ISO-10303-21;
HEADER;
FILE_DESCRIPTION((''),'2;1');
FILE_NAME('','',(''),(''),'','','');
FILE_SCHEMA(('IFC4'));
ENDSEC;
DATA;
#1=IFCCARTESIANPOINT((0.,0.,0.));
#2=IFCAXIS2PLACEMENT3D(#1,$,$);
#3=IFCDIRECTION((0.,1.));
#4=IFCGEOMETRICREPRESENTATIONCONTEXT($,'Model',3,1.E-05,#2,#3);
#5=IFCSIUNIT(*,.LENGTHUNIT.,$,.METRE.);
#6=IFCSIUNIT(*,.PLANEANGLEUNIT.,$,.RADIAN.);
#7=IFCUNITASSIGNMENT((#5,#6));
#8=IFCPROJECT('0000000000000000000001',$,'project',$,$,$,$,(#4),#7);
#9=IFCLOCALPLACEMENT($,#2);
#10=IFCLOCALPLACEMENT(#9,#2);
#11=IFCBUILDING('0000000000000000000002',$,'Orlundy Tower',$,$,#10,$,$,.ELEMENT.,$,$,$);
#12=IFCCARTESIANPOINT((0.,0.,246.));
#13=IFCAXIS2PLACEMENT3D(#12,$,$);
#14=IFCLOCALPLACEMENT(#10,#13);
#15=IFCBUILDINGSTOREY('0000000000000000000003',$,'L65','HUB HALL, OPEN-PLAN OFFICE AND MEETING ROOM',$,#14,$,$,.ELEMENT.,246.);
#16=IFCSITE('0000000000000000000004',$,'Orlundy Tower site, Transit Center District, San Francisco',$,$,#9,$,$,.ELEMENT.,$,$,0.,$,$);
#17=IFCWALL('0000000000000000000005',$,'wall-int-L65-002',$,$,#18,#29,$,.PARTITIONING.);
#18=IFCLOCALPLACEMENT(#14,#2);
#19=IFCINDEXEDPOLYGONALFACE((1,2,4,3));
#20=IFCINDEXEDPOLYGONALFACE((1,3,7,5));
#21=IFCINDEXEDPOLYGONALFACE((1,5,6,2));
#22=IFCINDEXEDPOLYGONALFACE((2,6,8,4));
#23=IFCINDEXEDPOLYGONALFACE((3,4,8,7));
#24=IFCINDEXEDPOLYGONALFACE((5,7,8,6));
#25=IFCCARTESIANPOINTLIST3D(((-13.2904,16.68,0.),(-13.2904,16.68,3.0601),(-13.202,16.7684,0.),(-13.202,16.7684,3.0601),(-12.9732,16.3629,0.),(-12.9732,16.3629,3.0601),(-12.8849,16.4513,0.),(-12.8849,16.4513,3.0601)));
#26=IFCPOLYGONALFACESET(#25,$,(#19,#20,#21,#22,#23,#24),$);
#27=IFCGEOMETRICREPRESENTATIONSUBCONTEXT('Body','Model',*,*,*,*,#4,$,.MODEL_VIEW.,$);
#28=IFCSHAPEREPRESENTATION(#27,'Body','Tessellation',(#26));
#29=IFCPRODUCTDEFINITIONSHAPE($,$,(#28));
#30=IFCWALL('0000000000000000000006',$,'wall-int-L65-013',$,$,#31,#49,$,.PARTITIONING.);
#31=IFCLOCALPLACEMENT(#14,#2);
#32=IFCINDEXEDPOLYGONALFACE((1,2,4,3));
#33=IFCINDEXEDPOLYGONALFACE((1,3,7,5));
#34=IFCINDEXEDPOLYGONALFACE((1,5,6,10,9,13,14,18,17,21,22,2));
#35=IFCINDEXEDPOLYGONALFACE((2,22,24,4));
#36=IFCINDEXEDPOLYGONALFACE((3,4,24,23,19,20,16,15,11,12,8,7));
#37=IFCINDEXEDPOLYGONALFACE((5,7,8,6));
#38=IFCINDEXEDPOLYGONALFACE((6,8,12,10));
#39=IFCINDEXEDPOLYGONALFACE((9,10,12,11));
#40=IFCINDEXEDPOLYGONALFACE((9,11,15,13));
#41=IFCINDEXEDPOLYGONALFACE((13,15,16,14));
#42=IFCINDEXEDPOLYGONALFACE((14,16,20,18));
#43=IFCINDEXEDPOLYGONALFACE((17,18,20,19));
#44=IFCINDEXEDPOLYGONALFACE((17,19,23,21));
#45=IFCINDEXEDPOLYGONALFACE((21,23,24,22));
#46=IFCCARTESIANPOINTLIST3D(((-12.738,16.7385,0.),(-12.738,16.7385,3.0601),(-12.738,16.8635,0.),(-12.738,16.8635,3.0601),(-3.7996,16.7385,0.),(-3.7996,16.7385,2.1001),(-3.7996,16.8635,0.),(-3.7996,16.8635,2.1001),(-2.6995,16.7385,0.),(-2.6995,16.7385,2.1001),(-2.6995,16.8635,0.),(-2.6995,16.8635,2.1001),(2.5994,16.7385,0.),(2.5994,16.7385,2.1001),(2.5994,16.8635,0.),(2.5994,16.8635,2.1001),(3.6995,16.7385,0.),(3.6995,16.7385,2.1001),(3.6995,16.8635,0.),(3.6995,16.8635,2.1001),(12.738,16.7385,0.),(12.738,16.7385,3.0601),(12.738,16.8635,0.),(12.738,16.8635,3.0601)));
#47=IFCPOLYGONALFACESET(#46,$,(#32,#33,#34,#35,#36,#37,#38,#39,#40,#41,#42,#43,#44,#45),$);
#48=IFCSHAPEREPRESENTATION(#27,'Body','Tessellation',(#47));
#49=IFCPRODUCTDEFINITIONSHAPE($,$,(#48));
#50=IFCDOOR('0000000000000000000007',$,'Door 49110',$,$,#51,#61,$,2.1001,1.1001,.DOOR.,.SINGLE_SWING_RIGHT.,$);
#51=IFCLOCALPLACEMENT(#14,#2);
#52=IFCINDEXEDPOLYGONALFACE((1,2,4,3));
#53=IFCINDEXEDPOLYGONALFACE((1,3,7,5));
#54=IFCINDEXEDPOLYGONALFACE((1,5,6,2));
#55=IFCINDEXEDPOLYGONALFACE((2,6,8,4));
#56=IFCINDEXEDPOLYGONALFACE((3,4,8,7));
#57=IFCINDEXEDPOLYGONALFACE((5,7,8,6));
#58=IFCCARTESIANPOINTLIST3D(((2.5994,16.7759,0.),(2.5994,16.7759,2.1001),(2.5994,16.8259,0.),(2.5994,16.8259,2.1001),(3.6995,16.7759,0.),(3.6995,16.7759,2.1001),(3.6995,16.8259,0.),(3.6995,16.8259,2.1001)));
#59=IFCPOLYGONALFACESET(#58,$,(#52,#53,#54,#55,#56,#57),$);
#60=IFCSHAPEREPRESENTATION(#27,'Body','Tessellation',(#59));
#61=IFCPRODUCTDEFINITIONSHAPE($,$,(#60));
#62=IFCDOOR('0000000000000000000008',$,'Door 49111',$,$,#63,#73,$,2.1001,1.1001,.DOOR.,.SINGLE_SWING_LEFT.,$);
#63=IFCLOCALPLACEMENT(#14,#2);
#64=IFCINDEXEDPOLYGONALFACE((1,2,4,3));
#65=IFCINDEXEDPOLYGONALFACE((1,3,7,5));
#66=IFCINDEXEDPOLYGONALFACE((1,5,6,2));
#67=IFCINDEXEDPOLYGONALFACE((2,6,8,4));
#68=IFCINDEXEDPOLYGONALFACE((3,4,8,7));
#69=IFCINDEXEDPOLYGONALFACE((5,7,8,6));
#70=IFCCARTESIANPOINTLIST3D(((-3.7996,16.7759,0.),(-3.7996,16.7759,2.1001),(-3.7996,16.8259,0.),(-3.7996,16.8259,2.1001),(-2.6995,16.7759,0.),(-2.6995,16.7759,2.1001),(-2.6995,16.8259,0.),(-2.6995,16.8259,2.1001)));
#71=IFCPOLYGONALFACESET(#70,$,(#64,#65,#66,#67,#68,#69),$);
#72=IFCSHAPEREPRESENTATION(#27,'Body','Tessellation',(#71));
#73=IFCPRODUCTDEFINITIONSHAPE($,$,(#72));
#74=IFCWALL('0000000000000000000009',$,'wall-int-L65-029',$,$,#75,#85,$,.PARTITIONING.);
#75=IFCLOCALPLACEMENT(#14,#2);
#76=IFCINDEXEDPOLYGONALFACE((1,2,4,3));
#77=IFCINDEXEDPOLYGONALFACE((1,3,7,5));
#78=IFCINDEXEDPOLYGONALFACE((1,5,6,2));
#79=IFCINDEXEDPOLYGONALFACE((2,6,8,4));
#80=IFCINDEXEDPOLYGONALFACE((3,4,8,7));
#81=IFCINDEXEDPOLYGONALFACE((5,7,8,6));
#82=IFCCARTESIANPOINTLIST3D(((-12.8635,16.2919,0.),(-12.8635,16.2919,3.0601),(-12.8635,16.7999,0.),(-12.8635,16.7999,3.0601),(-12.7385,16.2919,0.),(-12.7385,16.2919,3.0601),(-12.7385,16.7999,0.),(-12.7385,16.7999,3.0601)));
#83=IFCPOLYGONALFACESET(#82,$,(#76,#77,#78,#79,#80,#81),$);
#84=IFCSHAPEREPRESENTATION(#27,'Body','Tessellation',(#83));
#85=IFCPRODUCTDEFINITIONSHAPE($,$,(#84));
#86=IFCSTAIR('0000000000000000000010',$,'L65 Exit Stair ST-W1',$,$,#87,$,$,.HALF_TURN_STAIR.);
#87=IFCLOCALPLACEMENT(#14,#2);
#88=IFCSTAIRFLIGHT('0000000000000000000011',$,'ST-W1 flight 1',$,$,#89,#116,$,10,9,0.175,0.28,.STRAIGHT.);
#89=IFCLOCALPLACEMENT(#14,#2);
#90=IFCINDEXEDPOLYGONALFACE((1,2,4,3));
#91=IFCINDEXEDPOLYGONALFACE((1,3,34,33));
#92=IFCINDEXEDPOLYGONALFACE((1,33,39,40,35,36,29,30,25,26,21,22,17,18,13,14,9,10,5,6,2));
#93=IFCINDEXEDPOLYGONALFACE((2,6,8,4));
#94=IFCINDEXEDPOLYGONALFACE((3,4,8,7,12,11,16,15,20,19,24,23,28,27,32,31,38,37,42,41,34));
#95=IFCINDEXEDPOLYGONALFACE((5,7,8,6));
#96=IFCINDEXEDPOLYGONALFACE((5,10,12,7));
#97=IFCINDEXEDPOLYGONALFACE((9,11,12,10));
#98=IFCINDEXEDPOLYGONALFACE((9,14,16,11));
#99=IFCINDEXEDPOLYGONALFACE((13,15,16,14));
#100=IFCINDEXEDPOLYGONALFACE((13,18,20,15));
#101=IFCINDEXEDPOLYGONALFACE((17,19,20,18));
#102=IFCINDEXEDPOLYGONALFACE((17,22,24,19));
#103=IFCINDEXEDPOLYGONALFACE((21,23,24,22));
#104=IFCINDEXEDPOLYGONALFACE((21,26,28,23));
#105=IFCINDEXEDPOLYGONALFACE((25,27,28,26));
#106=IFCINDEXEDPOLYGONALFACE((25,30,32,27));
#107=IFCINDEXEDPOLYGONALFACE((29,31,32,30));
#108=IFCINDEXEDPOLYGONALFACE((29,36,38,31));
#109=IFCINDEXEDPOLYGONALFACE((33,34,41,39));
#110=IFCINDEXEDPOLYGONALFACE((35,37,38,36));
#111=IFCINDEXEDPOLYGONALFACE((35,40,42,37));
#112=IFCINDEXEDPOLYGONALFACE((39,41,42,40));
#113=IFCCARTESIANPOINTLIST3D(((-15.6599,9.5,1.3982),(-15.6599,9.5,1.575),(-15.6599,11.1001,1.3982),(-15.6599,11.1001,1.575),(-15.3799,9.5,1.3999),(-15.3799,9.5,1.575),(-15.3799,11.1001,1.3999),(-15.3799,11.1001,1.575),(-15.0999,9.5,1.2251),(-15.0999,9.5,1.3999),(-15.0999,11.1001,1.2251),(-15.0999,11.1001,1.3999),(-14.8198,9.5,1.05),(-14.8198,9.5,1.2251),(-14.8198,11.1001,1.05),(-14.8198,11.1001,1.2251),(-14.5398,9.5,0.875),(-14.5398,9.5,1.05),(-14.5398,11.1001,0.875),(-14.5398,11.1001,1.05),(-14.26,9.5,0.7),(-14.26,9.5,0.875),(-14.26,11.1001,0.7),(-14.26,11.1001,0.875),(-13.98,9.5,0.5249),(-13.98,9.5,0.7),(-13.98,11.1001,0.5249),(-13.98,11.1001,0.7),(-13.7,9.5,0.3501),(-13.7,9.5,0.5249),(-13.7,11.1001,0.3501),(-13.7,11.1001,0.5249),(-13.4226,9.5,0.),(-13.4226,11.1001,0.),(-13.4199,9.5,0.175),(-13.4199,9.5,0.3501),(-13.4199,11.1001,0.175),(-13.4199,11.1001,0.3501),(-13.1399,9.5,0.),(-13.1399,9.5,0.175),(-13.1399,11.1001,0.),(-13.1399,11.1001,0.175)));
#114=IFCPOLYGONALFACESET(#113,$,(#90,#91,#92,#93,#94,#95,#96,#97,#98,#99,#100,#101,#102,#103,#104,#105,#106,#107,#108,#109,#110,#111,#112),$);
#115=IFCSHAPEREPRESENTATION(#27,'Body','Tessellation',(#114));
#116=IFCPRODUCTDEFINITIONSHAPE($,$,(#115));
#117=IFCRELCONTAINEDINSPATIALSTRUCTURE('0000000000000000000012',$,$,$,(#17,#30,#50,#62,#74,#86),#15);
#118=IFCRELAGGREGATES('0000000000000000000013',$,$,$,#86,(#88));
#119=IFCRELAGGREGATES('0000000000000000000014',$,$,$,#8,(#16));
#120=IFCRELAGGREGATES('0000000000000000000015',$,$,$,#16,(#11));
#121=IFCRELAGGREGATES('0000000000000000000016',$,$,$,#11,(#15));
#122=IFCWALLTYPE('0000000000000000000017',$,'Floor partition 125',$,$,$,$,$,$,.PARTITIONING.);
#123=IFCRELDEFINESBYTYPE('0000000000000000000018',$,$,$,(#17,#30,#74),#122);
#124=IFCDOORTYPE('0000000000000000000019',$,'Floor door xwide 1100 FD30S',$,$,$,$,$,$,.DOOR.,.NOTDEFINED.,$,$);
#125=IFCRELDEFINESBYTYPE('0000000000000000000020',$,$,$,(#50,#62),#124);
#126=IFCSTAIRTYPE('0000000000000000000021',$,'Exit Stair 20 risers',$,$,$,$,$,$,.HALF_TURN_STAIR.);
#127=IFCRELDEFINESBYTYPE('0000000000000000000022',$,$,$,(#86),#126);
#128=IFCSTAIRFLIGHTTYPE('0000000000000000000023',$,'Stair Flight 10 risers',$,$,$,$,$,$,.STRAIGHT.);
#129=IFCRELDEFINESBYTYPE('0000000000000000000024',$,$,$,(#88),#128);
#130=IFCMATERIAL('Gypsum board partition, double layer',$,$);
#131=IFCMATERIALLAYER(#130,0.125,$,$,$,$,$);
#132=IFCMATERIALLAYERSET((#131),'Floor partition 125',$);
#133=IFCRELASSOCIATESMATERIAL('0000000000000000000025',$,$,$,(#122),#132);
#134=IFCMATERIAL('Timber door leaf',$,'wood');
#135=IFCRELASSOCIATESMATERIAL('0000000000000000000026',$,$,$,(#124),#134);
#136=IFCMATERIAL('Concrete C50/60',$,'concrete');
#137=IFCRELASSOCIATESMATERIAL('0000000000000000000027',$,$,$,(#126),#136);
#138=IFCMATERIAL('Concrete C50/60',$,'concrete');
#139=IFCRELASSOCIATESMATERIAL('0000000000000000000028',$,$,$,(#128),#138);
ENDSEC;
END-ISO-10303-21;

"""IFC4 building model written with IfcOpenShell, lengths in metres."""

from ifc_helpers import new_model, si_unit, direction, frame, frame_2d, origin, place, context, subcontext, project, spatial, polyline, rectangle, outline, extrude, material, layer, layer_set, type_object, element, fill, aggregate, save


model = new_model("IFC4")

# Units and contexts
model_context = context("Model", 3, precision=1e-05, world=origin(), true_north=direction((0.0, 1.0)))
body_context = subcontext(model_context, "Body", "Model", "MODEL_VIEW")
ifc_project = project(units=[si_unit("LENGTHUNIT", "METRE"), si_unit("PLANEANGLEUNIT", "RADIAN")], contexts=[model_context])

# Site, building, storey
site_placement = place(None, origin())
site = spatial("IfcSite", under=ifc_project, at=site_placement, Name="Orlundy Tower site, Transit Center District, San Francisco", CompositionType="ELEMENT", RefElevation=0.0)
building_placement = place(site_placement, origin())
building = spatial("IfcBuilding", under=site, at=building_placement, Name="Orlundy Tower", CompositionType="ELEMENT")
storey_placement = place(building_placement, frame((0.0, 0.0, 246.0)))
storey = spatial("IfcBuildingStorey", under=building, at=storey_placement, Name="L65", Description="HUB HALL, OPEN-PLAN OFFICE AND MEETING ROOM", CompositionType="ELEMENT", Elevation=246.0)

# Wall
ifc_material_1 = material(Name="Gypsum board partition, double layer")
ifc_layer_1 = layer(ifc_material_1, 0.125)
ifc_layer_set_1 = layer_set([ifc_layer_1], Name="Floor partition 125")
wall_type_1 = type_object("IfcWallType", Name="Floor partition 125", PredefinedType="PARTITIONING", material=ifc_layer_set_1)
wall_1_placement = place(storey_placement, frame((-13.2461, 16.7241, 0.0), z_axis=(0.0, 0.0, 1.0), x_axis=(0.707107, -0.707107, 0.0)))
element("IfcWall", 1, at=wall_1_placement, inside=storey, type_object=wall_type_1, Name="wall-int-L65-002", PredefinedType="PARTITIONING", context=body_context, shape_type="SweptSolid", body=[
    extrude(rectangle(XDim=0.4485, YDim=0.125, at=frame_2d((0.2241, 0.0))), origin(), (0.0, 0.0, 1.0), 3.0601),
])

# Wall, openings, doors
wall_2_placement = place(storey_placement, frame((-12.738, 16.801, 0.0), z_axis=(0.0, 0.0, 1.0), x_axis=(1.0, 0.0, 0.0)))
wall_2 = element("IfcWall", 2, at=wall_2_placement, inside=storey, type_object=wall_type_1, Name="wall-int-L65-013", PredefinedType="PARTITIONING", context=body_context, shape_type="SweptSolid", body=[
    extrude(rectangle(XDim=25.4761, YDim=0.125, at=frame_2d((12.738, 0.0))), origin(), (0.0, 0.0, 1.0), 3.0601),
])
opening_1_placement = place(wall_2_placement, frame((15.3374, 0.0, 0.0)))
opening_1 = element("IfcOpeningElement", 3, at=opening_1_placement, cuts=wall_2, PredefinedType="OPENING", context=body_context, shape_type="SweptSolid", body=[
    extrude(rectangle(XDim=1.1001, YDim=2.1001, at=frame_2d((0.55, 1.05))), frame((0.0, 0.0725, 0.0), z_axis=(0.0, -1.0, 0.0), x_axis=(1.0, 0.0, 0.0)), (0.0, 0.0, 1.0), 0.145),
])
opening_2_placement = place(wall_2_placement, frame((8.9385, 0.0, 0.0)))
opening_2 = element("IfcOpeningElement", 4, at=opening_2_placement, cuts=wall_2, PredefinedType="OPENING", context=body_context, shape_type="SweptSolid", body=[
    extrude(rectangle(XDim=1.1001, YDim=2.1001, at=frame_2d((0.55, 1.05))), frame((0.0, 0.0725, 0.0), z_axis=(0.0, -1.0, 0.0), x_axis=(1.0, 0.0, 0.0)), (0.0, 0.0, 1.0), 0.145),
])
ifc_material_2 = material(Name="Timber door leaf", Category="wood")
door_type = type_object("IfcDoorType", Name="Floor door xwide 1100 FD30S", OperationType="NOTDEFINED", PredefinedType="DOOR", material=ifc_material_2)
door_1_placement = place(opening_1_placement, origin())
door_1 = element("IfcDoor", 5, at=door_1_placement, inside=storey, type_object=door_type, Name="Door 49110", OperationType="SINGLE_SWING_RIGHT", OverallHeight=2.1001, OverallWidth=1.1001, PredefinedType="DOOR", context=body_context, shape_type="SweptSolid", body=[
    extrude(rectangle(XDim=1.1001, YDim=2.1001, at=frame_2d((0.55, 1.05))), frame((0.0, 0.0249, 0.0), z_axis=(0.0, -1.0, 0.0), x_axis=(1.0, 0.0, 0.0)), (0.0, 0.0, 1.0), 0.05),
])
fill(opening_1, door_1)
door_2_placement = place(opening_2_placement, origin())
door_2 = element("IfcDoor", 6, at=door_2_placement, inside=storey, type_object=door_type, Name="Door 49111", OperationType="SINGLE_SWING_LEFT", OverallHeight=2.1001, OverallWidth=1.1001, PredefinedType="DOOR", context=body_context, shape_type="SweptSolid", body=[
    extrude(rectangle(XDim=1.1001, YDim=2.1001, at=frame_2d((0.55, 1.05))), frame((0.0, 0.0249, 0.0), z_axis=(0.0, -1.0, 0.0), x_axis=(1.0, 0.0, 0.0)), (0.0, 0.0, 1.0), 0.05),
])
fill(opening_2, door_2)

# Wall
wall_3_placement = place(storey_placement, frame((-12.801, 16.292, 0.0), z_axis=(0.0, 0.0, 1.0), x_axis=(0.0, 1.0, 0.0)))
element("IfcWall", 7, at=wall_3_placement, inside=storey, type_object=wall_type_1, Name="wall-int-L65-029", PredefinedType="PARTITIONING", context=body_context, shape_type="SweptSolid", body=[
    extrude(rectangle(XDim=0.5081, YDim=0.125, at=frame_2d((0.2539, 0.0))), origin(), (0.0, 0.0, 1.0), 3.0601),
])

# Stair, stair flight
ifc_material_3 = material(Name="Concrete C50/60", Category="concrete")
stair_type = type_object("IfcStairType", Name="Exit Stair 20 risers", PredefinedType="HALF_TURN_STAIR", material=ifc_material_3)
stair_placement = place(storey_placement, origin())
stair = element("IfcStair", 8, at=stair_placement, inside=storey, type_object=stair_type, Name="L65 Exit Stair ST-W1", PredefinedType="HALF_TURN_STAIR")
ifc_material_4 = material(Name="Concrete C50/60", Category="concrete")
stair_flight_type = type_object("IfcStairFlightType", Name="Stair Flight 10 risers", PredefinedType="STRAIGHT", material=ifc_material_4)
stair_flight_placement = place(storey_placement, frame((-13.1399, 10.3, 0.0), z_axis=(0.0, 0.0, 1.0), x_axis=(-1.0, 0.0, 0.0)))
stair_flight = element("IfcStairFlight", 9, at=stair_flight_placement, type_object=stair_flight_type, Name="ST-W1 flight 1", NumberOfRisers=10, NumberOfTreads=9, PredefinedType="STRAIGHT", RiserHeight=0.175, TreadLength=0.28, context=body_context, shape_type="SweptSolid", body=[
    extrude(outline(polyline([(0.0, 0.0), (0.0, 0.175), (0.28, 0.175), (0.28, 0.3501), (0.5601, 0.3501), (0.5601, 0.5249), (0.8401, 0.5249), (0.8401, 0.7), (1.1201, 0.7), (1.1201, 0.875), (1.3999, 0.875), (1.3999, 1.05), (1.6799, 1.05), (1.6799, 1.2251), (1.96, 1.2251), (1.96, 1.3999), (2.24, 1.3999), (2.24, 1.575), (2.52, 1.575), (2.52, 1.75), (2.52, 1.3982), (0.2827, 0.0), (0.0, 0.0)])), frame((0.0, 0.8, 0.0), z_axis=(0.0, -1.0, 0.0), x_axis=(1.0, 0.0, 0.0)), (0.0, 0.0, 1.0), 1.6001),
])
aggregate(stair, [stair_flight])

save(model, "model.ifc")
